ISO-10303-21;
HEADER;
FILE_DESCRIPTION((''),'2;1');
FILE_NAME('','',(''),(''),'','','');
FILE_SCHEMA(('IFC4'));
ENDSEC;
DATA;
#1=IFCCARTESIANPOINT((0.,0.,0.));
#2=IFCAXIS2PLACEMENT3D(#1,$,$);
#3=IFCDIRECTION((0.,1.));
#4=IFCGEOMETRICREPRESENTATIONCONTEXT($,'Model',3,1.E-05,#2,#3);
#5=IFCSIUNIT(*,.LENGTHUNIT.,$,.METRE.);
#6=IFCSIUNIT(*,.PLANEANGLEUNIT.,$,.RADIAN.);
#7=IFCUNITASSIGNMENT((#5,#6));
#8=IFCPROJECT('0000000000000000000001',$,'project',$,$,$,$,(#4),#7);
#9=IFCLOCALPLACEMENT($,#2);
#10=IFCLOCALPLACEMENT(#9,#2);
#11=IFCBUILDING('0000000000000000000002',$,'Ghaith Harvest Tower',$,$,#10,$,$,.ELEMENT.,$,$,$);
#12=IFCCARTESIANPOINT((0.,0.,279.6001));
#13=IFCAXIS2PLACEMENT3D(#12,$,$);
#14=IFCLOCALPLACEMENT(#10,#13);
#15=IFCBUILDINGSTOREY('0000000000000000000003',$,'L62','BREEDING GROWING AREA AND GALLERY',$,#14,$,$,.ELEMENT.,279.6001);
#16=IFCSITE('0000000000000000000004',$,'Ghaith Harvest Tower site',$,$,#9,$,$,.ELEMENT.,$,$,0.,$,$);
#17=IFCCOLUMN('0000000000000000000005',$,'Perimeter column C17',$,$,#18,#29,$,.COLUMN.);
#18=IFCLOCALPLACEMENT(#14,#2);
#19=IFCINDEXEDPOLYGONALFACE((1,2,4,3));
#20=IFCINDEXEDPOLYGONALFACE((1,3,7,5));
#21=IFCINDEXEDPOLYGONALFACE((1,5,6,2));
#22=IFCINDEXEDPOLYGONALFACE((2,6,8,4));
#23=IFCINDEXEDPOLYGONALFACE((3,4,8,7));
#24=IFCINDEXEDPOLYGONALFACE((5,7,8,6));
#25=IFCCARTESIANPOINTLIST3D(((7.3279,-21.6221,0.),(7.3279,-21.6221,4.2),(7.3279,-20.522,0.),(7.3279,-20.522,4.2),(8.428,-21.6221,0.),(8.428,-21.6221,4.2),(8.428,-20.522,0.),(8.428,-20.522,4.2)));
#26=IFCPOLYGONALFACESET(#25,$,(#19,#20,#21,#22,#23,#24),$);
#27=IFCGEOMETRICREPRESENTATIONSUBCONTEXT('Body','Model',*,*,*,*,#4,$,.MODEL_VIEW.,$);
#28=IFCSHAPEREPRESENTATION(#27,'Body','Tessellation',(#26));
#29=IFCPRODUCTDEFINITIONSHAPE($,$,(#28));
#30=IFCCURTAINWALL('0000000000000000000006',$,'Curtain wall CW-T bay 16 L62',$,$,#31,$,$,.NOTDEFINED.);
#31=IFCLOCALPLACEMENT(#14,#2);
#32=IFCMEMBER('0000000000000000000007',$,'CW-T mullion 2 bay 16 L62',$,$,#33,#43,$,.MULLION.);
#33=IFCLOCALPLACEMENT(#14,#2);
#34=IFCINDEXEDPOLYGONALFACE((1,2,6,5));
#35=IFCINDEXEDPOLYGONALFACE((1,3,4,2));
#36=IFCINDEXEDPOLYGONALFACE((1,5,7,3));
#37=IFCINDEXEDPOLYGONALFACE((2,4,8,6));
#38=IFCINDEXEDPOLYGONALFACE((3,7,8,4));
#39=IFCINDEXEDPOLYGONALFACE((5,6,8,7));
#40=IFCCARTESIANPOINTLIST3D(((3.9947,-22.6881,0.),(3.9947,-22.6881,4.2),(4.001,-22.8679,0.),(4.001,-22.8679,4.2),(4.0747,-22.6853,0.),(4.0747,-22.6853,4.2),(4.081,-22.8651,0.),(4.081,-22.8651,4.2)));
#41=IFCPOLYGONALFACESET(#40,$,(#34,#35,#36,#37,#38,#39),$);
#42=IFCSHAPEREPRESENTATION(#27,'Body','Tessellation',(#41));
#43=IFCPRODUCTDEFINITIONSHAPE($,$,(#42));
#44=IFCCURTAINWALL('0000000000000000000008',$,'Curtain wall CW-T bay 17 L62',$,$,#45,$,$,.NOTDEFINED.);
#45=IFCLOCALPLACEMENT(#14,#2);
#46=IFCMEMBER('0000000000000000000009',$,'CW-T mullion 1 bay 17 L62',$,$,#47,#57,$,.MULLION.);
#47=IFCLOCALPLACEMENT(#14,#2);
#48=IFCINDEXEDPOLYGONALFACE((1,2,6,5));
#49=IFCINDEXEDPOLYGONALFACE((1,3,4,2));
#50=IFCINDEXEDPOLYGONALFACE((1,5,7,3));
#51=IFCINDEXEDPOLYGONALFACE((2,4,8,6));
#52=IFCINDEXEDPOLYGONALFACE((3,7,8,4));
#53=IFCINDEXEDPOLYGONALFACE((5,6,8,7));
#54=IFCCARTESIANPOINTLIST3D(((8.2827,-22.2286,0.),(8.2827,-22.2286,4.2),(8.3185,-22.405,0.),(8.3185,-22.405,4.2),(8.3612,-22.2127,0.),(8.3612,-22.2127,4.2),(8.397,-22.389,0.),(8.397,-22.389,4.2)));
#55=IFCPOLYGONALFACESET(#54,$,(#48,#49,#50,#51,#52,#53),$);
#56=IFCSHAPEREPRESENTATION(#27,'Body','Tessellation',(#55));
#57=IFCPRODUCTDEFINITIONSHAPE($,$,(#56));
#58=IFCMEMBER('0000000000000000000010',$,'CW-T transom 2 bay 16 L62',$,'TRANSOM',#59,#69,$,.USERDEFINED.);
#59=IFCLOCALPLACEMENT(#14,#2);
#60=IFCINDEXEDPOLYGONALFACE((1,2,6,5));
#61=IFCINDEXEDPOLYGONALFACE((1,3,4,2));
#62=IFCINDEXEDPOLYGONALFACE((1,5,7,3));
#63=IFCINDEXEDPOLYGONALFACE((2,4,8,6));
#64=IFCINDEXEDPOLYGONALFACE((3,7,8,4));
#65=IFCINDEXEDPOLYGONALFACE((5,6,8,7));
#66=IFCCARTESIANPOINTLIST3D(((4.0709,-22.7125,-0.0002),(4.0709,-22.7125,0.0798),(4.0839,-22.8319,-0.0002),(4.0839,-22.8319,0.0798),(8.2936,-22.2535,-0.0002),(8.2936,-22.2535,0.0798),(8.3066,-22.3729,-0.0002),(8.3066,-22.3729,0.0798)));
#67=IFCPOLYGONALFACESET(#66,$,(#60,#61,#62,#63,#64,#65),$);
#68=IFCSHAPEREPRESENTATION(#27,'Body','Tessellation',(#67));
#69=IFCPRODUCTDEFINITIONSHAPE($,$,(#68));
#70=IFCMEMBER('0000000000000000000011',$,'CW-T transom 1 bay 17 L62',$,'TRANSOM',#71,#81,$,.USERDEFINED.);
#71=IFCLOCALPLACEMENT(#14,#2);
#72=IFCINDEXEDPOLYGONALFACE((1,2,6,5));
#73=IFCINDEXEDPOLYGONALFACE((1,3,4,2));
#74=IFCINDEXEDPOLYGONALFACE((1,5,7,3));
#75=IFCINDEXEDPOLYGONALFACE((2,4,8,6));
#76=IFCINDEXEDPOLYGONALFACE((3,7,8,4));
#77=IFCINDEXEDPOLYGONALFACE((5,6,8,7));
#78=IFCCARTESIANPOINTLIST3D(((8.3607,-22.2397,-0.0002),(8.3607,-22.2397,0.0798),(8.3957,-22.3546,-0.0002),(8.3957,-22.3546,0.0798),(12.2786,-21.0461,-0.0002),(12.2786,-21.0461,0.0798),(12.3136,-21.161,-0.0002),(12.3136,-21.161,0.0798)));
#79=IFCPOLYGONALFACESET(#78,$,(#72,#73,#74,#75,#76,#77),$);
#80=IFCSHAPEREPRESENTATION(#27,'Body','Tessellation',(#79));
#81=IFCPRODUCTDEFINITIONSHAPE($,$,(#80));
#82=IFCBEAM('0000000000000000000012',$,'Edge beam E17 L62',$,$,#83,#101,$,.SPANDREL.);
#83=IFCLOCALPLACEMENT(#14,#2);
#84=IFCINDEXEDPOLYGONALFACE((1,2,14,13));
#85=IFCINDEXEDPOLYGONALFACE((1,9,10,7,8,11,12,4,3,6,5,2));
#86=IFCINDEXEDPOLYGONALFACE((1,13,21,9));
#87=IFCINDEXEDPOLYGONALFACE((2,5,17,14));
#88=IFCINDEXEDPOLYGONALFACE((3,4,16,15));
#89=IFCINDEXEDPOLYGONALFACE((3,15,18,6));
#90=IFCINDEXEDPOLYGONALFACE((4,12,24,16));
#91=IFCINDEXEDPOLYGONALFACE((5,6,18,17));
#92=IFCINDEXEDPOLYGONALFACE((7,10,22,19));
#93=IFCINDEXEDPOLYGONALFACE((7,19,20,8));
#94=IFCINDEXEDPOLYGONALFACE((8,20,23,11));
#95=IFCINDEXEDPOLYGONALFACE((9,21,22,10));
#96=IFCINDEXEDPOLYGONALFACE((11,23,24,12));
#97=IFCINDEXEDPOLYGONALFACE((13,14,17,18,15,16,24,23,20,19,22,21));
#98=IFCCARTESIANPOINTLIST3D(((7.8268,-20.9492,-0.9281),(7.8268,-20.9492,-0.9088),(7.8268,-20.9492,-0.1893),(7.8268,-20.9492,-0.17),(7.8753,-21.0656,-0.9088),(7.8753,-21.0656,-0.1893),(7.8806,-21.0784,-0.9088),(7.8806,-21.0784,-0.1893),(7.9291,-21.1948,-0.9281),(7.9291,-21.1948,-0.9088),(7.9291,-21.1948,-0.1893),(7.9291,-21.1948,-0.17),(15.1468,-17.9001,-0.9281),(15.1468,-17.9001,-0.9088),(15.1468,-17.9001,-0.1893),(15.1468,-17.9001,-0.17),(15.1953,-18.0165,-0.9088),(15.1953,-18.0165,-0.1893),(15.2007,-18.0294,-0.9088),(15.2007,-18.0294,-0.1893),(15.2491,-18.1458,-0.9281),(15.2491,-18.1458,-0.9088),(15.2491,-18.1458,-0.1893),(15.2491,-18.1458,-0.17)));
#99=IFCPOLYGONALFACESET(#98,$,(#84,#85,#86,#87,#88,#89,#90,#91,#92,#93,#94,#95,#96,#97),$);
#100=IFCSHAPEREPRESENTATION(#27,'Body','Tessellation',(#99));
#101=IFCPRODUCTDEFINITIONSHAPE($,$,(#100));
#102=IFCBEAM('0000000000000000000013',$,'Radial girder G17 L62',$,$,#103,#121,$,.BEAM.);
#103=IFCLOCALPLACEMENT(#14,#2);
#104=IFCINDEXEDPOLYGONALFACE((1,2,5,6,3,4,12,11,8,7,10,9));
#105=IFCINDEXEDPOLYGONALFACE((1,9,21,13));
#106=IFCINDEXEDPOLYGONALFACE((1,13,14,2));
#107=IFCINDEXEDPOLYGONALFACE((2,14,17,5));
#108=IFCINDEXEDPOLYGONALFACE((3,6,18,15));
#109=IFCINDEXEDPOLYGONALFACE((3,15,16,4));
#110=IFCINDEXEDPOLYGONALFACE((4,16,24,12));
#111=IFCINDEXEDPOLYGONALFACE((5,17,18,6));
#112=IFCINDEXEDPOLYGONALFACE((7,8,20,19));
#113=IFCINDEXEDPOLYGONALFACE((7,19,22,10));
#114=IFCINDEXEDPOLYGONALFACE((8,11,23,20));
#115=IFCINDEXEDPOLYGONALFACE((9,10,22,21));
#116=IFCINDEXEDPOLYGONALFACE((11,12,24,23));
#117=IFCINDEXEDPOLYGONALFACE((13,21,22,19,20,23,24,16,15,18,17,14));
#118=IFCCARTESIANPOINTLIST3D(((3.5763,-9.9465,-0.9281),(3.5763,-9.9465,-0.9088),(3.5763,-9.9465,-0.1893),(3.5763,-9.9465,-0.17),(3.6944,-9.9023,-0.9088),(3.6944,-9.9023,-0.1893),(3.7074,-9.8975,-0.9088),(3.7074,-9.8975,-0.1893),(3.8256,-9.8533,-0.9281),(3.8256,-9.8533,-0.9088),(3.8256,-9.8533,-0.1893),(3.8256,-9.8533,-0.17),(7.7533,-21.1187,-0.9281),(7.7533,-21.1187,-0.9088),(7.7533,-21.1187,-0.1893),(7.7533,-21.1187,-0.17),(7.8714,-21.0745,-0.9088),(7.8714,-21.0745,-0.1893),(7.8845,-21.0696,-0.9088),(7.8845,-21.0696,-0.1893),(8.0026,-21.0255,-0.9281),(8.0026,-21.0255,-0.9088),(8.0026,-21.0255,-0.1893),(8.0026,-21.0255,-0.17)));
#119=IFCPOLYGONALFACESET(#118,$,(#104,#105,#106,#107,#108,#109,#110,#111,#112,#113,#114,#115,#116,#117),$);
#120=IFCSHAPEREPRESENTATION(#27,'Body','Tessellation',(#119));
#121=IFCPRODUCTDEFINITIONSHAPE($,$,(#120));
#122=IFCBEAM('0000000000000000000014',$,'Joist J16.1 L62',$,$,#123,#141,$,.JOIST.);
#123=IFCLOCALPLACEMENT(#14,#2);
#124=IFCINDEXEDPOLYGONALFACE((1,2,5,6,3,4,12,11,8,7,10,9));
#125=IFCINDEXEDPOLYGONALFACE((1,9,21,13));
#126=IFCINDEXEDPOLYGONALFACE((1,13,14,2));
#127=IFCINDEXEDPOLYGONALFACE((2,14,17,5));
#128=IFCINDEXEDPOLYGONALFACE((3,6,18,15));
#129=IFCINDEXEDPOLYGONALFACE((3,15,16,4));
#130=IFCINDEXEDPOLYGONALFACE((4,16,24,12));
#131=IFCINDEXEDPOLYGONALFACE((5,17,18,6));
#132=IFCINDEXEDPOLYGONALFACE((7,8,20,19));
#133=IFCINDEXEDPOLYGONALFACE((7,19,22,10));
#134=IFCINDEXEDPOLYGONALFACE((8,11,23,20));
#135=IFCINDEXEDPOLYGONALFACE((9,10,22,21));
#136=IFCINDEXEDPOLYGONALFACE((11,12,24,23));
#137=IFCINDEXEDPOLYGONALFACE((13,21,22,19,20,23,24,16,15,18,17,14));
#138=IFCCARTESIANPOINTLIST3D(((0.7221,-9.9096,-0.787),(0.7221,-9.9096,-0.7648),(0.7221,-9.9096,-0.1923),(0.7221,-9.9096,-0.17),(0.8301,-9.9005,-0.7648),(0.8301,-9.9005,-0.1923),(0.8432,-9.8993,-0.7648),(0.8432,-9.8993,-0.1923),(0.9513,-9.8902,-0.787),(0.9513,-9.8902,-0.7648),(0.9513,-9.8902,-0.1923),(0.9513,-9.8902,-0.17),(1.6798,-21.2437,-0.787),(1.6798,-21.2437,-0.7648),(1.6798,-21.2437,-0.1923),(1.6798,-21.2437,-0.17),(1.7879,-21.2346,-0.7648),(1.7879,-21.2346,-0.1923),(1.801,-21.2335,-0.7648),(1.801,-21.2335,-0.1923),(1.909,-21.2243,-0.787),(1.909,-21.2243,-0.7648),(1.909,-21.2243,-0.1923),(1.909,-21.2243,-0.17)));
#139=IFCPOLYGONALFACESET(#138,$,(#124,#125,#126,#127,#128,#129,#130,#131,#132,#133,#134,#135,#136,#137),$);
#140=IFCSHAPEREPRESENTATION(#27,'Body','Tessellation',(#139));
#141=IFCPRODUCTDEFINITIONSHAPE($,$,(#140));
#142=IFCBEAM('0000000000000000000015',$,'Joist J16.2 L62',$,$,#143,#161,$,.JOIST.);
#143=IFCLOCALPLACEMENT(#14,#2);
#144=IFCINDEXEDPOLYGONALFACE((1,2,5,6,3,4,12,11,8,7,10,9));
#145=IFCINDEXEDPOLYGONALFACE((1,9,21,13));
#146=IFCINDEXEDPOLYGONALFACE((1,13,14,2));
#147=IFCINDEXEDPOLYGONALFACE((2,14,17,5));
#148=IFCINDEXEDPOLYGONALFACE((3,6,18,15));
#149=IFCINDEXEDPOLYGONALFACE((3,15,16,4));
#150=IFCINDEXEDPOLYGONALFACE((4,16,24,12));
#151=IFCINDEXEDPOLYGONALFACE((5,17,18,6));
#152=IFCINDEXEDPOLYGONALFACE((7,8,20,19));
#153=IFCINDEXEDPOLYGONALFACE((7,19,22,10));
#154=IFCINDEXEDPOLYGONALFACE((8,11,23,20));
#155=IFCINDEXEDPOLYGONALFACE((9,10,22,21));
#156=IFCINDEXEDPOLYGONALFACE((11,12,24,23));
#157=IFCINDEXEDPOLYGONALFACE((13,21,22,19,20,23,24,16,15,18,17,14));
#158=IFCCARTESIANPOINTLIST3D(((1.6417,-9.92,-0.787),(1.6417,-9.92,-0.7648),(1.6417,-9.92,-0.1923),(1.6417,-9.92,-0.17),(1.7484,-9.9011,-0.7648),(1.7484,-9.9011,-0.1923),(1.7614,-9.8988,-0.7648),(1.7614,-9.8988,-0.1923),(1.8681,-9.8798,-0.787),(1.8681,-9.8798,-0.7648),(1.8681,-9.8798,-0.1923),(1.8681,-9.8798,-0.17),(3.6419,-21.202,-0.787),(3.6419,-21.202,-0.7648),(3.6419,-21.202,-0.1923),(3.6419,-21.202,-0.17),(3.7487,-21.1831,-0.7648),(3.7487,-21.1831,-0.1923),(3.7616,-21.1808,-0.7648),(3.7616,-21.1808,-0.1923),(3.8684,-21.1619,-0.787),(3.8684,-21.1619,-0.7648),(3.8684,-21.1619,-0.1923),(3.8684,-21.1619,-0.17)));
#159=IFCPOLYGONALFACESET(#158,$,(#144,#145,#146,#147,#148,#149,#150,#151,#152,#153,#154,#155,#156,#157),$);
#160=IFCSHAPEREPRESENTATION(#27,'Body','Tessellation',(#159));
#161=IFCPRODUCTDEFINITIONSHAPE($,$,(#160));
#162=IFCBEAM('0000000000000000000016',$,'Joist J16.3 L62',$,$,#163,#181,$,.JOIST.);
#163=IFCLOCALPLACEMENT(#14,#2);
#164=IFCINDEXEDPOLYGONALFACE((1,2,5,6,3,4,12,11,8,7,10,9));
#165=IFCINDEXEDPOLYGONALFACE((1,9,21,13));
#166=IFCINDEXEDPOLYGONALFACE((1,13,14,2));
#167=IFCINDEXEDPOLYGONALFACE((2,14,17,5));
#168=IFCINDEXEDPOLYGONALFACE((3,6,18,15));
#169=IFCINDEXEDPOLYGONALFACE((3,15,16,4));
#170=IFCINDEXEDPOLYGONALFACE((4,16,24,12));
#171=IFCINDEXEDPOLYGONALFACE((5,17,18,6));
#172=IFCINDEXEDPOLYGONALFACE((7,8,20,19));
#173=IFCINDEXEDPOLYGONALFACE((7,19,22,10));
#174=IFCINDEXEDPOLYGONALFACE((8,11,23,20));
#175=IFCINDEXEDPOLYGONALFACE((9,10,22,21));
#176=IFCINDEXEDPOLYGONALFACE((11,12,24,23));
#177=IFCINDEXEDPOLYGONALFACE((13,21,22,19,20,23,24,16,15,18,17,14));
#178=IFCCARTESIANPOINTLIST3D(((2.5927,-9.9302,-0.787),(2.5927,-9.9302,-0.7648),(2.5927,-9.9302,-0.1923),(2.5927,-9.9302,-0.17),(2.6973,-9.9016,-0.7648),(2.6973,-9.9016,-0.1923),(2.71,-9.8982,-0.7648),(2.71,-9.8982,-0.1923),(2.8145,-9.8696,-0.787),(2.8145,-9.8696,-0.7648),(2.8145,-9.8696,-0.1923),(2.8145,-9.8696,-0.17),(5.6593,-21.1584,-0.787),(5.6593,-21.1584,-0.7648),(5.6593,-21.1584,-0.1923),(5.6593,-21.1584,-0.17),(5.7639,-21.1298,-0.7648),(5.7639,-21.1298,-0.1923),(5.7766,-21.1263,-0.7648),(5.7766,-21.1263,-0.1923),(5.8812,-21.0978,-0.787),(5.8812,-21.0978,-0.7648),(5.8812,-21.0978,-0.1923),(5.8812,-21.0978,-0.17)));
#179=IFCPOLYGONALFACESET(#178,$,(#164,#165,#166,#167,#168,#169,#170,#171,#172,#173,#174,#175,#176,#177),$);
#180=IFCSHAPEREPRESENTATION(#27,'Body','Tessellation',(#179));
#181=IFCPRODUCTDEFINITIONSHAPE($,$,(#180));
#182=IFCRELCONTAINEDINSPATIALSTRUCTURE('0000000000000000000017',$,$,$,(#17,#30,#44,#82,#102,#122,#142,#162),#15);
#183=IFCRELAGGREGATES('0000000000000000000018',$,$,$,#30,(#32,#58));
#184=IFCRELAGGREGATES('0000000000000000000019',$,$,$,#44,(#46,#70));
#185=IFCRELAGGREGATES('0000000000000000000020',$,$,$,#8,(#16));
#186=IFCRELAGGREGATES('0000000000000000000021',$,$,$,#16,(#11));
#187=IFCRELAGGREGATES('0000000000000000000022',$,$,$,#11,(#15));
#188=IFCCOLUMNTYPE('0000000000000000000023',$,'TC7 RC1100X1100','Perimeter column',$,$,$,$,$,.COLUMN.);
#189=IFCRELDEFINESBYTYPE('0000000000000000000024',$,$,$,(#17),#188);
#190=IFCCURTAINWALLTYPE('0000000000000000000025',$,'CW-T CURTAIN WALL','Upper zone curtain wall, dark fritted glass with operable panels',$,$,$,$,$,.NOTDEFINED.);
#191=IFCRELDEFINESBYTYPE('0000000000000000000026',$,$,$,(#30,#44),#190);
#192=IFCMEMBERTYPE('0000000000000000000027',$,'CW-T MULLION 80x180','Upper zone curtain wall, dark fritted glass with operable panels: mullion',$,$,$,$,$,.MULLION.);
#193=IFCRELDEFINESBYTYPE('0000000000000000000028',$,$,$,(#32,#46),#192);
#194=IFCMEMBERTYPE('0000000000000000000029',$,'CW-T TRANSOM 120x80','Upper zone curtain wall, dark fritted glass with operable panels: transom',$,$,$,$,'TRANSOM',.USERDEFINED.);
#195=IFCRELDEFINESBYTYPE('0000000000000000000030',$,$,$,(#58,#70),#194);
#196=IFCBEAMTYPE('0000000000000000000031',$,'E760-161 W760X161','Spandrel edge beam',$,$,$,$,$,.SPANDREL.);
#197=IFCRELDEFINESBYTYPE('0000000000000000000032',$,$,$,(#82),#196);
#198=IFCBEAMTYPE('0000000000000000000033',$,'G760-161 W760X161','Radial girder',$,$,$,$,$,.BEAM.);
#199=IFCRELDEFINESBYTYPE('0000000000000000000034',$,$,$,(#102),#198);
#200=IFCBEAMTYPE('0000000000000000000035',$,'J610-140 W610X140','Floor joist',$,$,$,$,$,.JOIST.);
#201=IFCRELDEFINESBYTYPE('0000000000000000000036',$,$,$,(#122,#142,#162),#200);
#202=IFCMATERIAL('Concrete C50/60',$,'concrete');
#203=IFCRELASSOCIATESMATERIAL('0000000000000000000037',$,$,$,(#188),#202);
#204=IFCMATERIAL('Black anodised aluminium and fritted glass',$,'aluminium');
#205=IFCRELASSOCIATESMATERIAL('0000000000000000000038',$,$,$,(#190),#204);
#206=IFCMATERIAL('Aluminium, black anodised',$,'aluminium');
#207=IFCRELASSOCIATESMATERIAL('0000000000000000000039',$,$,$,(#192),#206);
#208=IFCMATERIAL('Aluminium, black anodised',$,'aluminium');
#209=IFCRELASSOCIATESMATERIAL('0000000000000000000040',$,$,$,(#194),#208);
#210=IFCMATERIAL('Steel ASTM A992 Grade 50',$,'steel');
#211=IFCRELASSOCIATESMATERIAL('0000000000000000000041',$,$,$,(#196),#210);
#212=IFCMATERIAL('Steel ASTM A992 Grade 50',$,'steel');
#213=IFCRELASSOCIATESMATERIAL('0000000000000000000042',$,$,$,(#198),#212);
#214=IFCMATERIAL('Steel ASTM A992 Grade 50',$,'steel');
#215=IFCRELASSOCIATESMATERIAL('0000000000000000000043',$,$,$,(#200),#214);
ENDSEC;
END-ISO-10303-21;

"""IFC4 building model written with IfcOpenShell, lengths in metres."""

from ifc_helpers import new_model, si_unit, direction, frame, origin, origin_2d, place, context, subcontext, project, spatial, rectangle, i_section, extrude, material, material_profile, profile_set, type_object, element, aggregate, save


model = new_model("IFC4")

# Units and contexts
model_context = context("Model", 3, precision=1e-05, world=origin(), true_north=direction((0.0, 1.0)))
body_context = subcontext(model_context, "Body", "Model", "MODEL_VIEW")
ifc_project = project(units=[si_unit("LENGTHUNIT", "METRE"), si_unit("PLANEANGLEUNIT", "RADIAN")], contexts=[model_context])

# Site, building, storey
site_placement = place(None, origin())
site = spatial("IfcSite", under=ifc_project, at=site_placement, Name="Ghaith Harvest Tower site", CompositionType="ELEMENT", RefElevation=0.0)
building_placement = place(site_placement, origin())
building = spatial("IfcBuilding", under=site, at=building_placement, Name="Ghaith Harvest Tower", CompositionType="ELEMENT")
storey_placement = place(building_placement, frame((0.0, 0.0, 279.6001)))
storey = spatial("IfcBuildingStorey", under=building, at=storey_placement, Name="L62", Description="BREEDING GROWING AREA AND GALLERY", CompositionType="ELEMENT", Elevation=279.6001)

# Column
ifc_material_1 = material(Name="Concrete C50/60", Category="concrete")
ifc_material_profile_1 = material_profile(ifc_material_1, rectangle(XDim=1.1001, YDim=1.1001, at=origin_2d()), Name="RC1100X1100")
ifc_profile_set_1 = profile_set([ifc_material_profile_1], Name="Concrete C50/60")
column_type = type_object("IfcColumnType", Name="TC7 RC1100X1100", Description="Perimeter column", PredefinedType="COLUMN", material=ifc_profile_set_1)
column_placement = place(storey_placement, frame((7.8779, -21.072, 0.0), z_axis=(0.0, 0.0, 1.0), x_axis=(1.0, 0.0, 0.0)))
element("IfcColumn", 1, at=column_placement, inside=storey, type_object=column_type, Name="Perimeter column C17", PredefinedType="COLUMN", context=body_context, shape_type="SweptSolid", body=[
    extrude(rectangle(XDim=1.1001, YDim=1.1001, at=origin_2d()), origin(), (0.0, 0.0, 1.0), 4.2),
])

# Curtain walls, members
ifc_material_2 = material(Name="Black anodised aluminium and fritted glass", Category="aluminium")
curtain_wall_type = type_object("IfcCurtainWallType", Name="CW-T CURTAIN WALL", Description="Upper zone curtain wall, dark fritted glass with operable panels", PredefinedType="NOTDEFINED", material=ifc_material_2)
curtain_wall_1_placement = place(storey_placement, origin())
curtain_wall_1 = element("IfcCurtainWall", 2, at=curtain_wall_1_placement, inside=storey, type_object=curtain_wall_type, Name="Curtain wall CW-T bay 16 L62", PredefinedType="NOTDEFINED")
ifc_material_3 = material(Name="Aluminium, black anodised", Category="aluminium")
ifc_material_profile_2 = material_profile(ifc_material_3, rectangle(XDim=0.0801, YDim=0.1799, at=origin_2d()), Name="CW-T MULLION 80x180")
ifc_profile_set_2 = profile_set([ifc_material_profile_2], Name="Aluminium, black anodised")
member_type_1 = type_object("IfcMemberType", Name="CW-T MULLION 80x180", Description="Upper zone curtain wall, dark fritted glass with operable panels: mullion", PredefinedType="MULLION", material=ifc_profile_set_2)
member_1_placement = place(storey_placement, frame((4.0378, -22.7766, 0.0), z_axis=(0.0, 0.0, 1.0), x_axis=(0.999389, 0.034962, 0.0)))
member_1 = element("IfcMember", 3, at=member_1_placement, type_object=member_type_1, Name="CW-T mullion 2 bay 16 L62", PredefinedType="MULLION", context=body_context, shape_type="SweptSolid", body=[
    extrude(rectangle(XDim=0.0801, YDim=0.1799, at=origin_2d()), origin(), (0.0, 0.0, 1.0), 4.2),
])
curtain_wall_2_placement = place(storey_placement, origin())
curtain_wall_2 = element("IfcCurtainWall", 4, at=curtain_wall_2_placement, inside=storey, type_object=curtain_wall_type, Name="Curtain wall CW-T bay 17 L62", PredefinedType="NOTDEFINED")
member_2_placement = place(storey_placement, frame((8.3398, -22.3088, 0.0), z_axis=(0.0, 0.0, 1.0), x_axis=(0.98, 0.198997, 0.0)))
member_2 = element("IfcMember", 5, at=member_2_placement, type_object=member_type_1, Name="CW-T mullion 1 bay 17 L62", PredefinedType="MULLION", context=body_context, shape_type="SweptSolid", body=[
    extrude(rectangle(XDim=0.0801, YDim=0.1799, at=origin_2d()), origin(), (0.0, 0.0, 1.0), 4.2),
])

# Members
ifc_material_4 = material(Name="Aluminium, black anodised", Category="aluminium")
ifc_material_profile_3 = material_profile(ifc_material_4, rectangle(XDim=0.1201, YDim=0.0801, at=origin_2d()), Name="CW-T TRANSOM 120x80")
ifc_profile_set_3 = profile_set([ifc_material_profile_3], Name="Aluminium, black anodised")
member_type_2 = type_object("IfcMemberType", Name="CW-T TRANSOM 120x80", Description="Upper zone curtain wall, dark fritted glass with operable panels: transom", ElementType="TRANSOM", PredefinedType="USERDEFINED", material=ifc_profile_set_3)
member_3_placement = place(storey_placement, frame((4.0774, -22.7722, 0.0398), z_axis=(0.994144, 0.108059, 0.0), x_axis=(-0.108059, 0.994144, 0.0)))
member_3 = element("IfcMember", 6, at=member_3_placement, type_object=member_type_2, Name="CW-T transom 2 bay 16 L62", ObjectType="TRANSOM", PredefinedType="USERDEFINED", context=body_context, shape_type="SweptSolid", body=[
    extrude(rectangle(XDim=0.1201, YDim=0.0801, at=origin_2d()), origin(), (0.0, 0.0, 1.0), 4.2476),
])
member_4_placement = place(storey_placement, frame((8.3782, -22.2971, 0.0398), z_axis=(0.956594, 0.291425, 0.0), x_axis=(-0.291425, 0.956594, 0.0)))
member_4 = element("IfcMember", 7, at=member_4_placement, type_object=member_type_2, Name="CW-T transom 1 bay 17 L62", ObjectType="TRANSOM", PredefinedType="USERDEFINED", context=body_context, shape_type="SweptSolid", body=[
    extrude(rectangle(XDim=0.1201, YDim=0.0801, at=origin_2d()), origin(), (0.0, 0.0, 1.0), 4.0957),
])

# Beams
ifc_material_5 = material(Name="Steel ASTM A992 Grade 50", Category="steel")
ifc_material_profile_4 = material_profile(ifc_material_5, i_section(OverallWidth=0.2661, OverallDepth=0.7581, WebThickness=0.0139, FlangeThickness=0.0193, at=origin_2d()), Name="W760X161")
ifc_profile_set_4 = profile_set([ifc_material_profile_4], Name="Steel ASTM A992 Grade 50")
beam_type_1 = type_object("IfcBeamType", Name="E760-161 W760X161", Description="Spandrel edge beam", PredefinedType="SPANDREL", material=ifc_profile_set_4)
beam_1_placement = place(storey_placement, frame((7.8779, -21.072, -0.5491), z_axis=(0.92312, 0.384513, 0.0), x_axis=(-0.384513, 0.92312, 0.0)))
element("IfcBeam", 8, at=beam_1_placement, inside=storey, type_object=beam_type_1, Name="Edge beam E17 L62", PredefinedType="SPANDREL", context=body_context, shape_type="SweptSolid", body=[
    extrude(i_section(OverallWidth=0.2661, OverallDepth=0.7581, WebThickness=0.0139, FlangeThickness=0.0193, at=origin_2d()), origin(), (0.0, 0.0, 1.0), 7.9297),
])
ifc_material_6 = material(Name="Steel ASTM A992 Grade 50", Category="steel")
ifc_material_profile_5 = material_profile(ifc_material_6, i_section(OverallWidth=0.2661, OverallDepth=0.7581, WebThickness=0.0139, FlangeThickness=0.0193, at=origin_2d()), Name="W760X161")
ifc_profile_set_5 = profile_set([ifc_material_profile_5], Name="Steel ASTM A992 Grade 50")
beam_type_2 = type_object("IfcBeamType", Name="G760-161 W760X161", Description="Radial girder", PredefinedType="BEAM", material=ifc_profile_set_5)
beam_2_placement = place(storey_placement, frame((3.7009, -9.8999, -0.5491), z_axis=(0.350201, -0.936674, 0.0), x_axis=(0.936674, 0.350201, 0.0)))
element("IfcBeam", 9, at=beam_2_placement, inside=storey, type_object=beam_type_2, Name="Radial girder G17 L62", PredefinedType="BEAM", context=body_context, shape_type="SweptSolid", body=[
    extrude(i_section(OverallWidth=0.2661, OverallDepth=0.7581, WebThickness=0.0139, FlangeThickness=0.0193, at=origin_2d()), origin(), (0.0, 0.0, 1.0), 11.9275),
])
ifc_material_7 = material(Name="Steel ASTM A992 Grade 50", Category="steel")
ifc_material_profile_6 = material_profile(ifc_material_7, i_section(OverallWidth=0.23, OverallDepth=0.6169, WebThickness=0.0132, FlangeThickness=0.0222, at=origin_2d()), Name="W610X140")
ifc_profile_set_6 = profile_set([ifc_material_profile_6], Name="Steel ASTM A992 Grade 50")
beam_type_3 = type_object("IfcBeamType", Name="J610-140 W610X140", Description="Floor joist", PredefinedType="JOIST", material=ifc_profile_set_6)
beam_3_placement = place(storey_placement, frame((0.8367, -9.8999, -0.4785), z_axis=(0.084202, -0.996449, 0.0), x_axis=(0.996449, 0.084202, 0.0)))
element("IfcBeam", 10, at=beam_3_placement, inside=storey, type_object=beam_type_3, Name="Joist J16.1 L62", PredefinedType="JOIST", context=body_context, shape_type="SweptSolid", body=[
    extrude(i_section(OverallWidth=0.23, OverallDepth=0.6169, WebThickness=0.0132, FlangeThickness=0.0222, at=origin_2d()), origin(), (0.0, 0.0, 1.0), 11.3745),
])
beam_4_placement = place(storey_placement, frame((1.7549, -9.8999, -0.4785), z_axis=(0.174573, -0.984644, 0.0), x_axis=(0.984644, 0.174573, 0.0)))
element("IfcBeam", 11, at=beam_4_placement, inside=storey, type_object=beam_type_3, Name="Joist J16.2 L62", PredefinedType="JOIST", context=body_context, shape_type="SweptSolid", body=[
    extrude(i_section(OverallWidth=0.23, OverallDepth=0.6169, WebThickness=0.0132, FlangeThickness=0.0222, at=origin_2d()), origin(), (0.0, 0.0, 1.0), 11.458),
])
beam_5_placement = place(storey_placement, frame((2.7036, -9.8999, -0.4785), z_axis=(0.263469, -0.964668, 0.0), x_axis=(0.964668, 0.263469, 0.0)))
element("IfcBeam", 12, at=beam_5_placement, inside=storey, type_object=beam_type_3, Name="Joist J16.3 L62", PredefinedType="JOIST", context=body_context, shape_type="SweptSolid", body=[
    extrude(i_section(OverallWidth=0.23, OverallDepth=0.6169, WebThickness=0.0132, FlangeThickness=0.0222, at=origin_2d()), origin(), (0.0, 0.0, 1.0), 11.6394),
])

aggregate(curtain_wall_1, [member_1, member_3])
aggregate(curtain_wall_2, [member_2, member_4])

save(model, "model.ifc")
